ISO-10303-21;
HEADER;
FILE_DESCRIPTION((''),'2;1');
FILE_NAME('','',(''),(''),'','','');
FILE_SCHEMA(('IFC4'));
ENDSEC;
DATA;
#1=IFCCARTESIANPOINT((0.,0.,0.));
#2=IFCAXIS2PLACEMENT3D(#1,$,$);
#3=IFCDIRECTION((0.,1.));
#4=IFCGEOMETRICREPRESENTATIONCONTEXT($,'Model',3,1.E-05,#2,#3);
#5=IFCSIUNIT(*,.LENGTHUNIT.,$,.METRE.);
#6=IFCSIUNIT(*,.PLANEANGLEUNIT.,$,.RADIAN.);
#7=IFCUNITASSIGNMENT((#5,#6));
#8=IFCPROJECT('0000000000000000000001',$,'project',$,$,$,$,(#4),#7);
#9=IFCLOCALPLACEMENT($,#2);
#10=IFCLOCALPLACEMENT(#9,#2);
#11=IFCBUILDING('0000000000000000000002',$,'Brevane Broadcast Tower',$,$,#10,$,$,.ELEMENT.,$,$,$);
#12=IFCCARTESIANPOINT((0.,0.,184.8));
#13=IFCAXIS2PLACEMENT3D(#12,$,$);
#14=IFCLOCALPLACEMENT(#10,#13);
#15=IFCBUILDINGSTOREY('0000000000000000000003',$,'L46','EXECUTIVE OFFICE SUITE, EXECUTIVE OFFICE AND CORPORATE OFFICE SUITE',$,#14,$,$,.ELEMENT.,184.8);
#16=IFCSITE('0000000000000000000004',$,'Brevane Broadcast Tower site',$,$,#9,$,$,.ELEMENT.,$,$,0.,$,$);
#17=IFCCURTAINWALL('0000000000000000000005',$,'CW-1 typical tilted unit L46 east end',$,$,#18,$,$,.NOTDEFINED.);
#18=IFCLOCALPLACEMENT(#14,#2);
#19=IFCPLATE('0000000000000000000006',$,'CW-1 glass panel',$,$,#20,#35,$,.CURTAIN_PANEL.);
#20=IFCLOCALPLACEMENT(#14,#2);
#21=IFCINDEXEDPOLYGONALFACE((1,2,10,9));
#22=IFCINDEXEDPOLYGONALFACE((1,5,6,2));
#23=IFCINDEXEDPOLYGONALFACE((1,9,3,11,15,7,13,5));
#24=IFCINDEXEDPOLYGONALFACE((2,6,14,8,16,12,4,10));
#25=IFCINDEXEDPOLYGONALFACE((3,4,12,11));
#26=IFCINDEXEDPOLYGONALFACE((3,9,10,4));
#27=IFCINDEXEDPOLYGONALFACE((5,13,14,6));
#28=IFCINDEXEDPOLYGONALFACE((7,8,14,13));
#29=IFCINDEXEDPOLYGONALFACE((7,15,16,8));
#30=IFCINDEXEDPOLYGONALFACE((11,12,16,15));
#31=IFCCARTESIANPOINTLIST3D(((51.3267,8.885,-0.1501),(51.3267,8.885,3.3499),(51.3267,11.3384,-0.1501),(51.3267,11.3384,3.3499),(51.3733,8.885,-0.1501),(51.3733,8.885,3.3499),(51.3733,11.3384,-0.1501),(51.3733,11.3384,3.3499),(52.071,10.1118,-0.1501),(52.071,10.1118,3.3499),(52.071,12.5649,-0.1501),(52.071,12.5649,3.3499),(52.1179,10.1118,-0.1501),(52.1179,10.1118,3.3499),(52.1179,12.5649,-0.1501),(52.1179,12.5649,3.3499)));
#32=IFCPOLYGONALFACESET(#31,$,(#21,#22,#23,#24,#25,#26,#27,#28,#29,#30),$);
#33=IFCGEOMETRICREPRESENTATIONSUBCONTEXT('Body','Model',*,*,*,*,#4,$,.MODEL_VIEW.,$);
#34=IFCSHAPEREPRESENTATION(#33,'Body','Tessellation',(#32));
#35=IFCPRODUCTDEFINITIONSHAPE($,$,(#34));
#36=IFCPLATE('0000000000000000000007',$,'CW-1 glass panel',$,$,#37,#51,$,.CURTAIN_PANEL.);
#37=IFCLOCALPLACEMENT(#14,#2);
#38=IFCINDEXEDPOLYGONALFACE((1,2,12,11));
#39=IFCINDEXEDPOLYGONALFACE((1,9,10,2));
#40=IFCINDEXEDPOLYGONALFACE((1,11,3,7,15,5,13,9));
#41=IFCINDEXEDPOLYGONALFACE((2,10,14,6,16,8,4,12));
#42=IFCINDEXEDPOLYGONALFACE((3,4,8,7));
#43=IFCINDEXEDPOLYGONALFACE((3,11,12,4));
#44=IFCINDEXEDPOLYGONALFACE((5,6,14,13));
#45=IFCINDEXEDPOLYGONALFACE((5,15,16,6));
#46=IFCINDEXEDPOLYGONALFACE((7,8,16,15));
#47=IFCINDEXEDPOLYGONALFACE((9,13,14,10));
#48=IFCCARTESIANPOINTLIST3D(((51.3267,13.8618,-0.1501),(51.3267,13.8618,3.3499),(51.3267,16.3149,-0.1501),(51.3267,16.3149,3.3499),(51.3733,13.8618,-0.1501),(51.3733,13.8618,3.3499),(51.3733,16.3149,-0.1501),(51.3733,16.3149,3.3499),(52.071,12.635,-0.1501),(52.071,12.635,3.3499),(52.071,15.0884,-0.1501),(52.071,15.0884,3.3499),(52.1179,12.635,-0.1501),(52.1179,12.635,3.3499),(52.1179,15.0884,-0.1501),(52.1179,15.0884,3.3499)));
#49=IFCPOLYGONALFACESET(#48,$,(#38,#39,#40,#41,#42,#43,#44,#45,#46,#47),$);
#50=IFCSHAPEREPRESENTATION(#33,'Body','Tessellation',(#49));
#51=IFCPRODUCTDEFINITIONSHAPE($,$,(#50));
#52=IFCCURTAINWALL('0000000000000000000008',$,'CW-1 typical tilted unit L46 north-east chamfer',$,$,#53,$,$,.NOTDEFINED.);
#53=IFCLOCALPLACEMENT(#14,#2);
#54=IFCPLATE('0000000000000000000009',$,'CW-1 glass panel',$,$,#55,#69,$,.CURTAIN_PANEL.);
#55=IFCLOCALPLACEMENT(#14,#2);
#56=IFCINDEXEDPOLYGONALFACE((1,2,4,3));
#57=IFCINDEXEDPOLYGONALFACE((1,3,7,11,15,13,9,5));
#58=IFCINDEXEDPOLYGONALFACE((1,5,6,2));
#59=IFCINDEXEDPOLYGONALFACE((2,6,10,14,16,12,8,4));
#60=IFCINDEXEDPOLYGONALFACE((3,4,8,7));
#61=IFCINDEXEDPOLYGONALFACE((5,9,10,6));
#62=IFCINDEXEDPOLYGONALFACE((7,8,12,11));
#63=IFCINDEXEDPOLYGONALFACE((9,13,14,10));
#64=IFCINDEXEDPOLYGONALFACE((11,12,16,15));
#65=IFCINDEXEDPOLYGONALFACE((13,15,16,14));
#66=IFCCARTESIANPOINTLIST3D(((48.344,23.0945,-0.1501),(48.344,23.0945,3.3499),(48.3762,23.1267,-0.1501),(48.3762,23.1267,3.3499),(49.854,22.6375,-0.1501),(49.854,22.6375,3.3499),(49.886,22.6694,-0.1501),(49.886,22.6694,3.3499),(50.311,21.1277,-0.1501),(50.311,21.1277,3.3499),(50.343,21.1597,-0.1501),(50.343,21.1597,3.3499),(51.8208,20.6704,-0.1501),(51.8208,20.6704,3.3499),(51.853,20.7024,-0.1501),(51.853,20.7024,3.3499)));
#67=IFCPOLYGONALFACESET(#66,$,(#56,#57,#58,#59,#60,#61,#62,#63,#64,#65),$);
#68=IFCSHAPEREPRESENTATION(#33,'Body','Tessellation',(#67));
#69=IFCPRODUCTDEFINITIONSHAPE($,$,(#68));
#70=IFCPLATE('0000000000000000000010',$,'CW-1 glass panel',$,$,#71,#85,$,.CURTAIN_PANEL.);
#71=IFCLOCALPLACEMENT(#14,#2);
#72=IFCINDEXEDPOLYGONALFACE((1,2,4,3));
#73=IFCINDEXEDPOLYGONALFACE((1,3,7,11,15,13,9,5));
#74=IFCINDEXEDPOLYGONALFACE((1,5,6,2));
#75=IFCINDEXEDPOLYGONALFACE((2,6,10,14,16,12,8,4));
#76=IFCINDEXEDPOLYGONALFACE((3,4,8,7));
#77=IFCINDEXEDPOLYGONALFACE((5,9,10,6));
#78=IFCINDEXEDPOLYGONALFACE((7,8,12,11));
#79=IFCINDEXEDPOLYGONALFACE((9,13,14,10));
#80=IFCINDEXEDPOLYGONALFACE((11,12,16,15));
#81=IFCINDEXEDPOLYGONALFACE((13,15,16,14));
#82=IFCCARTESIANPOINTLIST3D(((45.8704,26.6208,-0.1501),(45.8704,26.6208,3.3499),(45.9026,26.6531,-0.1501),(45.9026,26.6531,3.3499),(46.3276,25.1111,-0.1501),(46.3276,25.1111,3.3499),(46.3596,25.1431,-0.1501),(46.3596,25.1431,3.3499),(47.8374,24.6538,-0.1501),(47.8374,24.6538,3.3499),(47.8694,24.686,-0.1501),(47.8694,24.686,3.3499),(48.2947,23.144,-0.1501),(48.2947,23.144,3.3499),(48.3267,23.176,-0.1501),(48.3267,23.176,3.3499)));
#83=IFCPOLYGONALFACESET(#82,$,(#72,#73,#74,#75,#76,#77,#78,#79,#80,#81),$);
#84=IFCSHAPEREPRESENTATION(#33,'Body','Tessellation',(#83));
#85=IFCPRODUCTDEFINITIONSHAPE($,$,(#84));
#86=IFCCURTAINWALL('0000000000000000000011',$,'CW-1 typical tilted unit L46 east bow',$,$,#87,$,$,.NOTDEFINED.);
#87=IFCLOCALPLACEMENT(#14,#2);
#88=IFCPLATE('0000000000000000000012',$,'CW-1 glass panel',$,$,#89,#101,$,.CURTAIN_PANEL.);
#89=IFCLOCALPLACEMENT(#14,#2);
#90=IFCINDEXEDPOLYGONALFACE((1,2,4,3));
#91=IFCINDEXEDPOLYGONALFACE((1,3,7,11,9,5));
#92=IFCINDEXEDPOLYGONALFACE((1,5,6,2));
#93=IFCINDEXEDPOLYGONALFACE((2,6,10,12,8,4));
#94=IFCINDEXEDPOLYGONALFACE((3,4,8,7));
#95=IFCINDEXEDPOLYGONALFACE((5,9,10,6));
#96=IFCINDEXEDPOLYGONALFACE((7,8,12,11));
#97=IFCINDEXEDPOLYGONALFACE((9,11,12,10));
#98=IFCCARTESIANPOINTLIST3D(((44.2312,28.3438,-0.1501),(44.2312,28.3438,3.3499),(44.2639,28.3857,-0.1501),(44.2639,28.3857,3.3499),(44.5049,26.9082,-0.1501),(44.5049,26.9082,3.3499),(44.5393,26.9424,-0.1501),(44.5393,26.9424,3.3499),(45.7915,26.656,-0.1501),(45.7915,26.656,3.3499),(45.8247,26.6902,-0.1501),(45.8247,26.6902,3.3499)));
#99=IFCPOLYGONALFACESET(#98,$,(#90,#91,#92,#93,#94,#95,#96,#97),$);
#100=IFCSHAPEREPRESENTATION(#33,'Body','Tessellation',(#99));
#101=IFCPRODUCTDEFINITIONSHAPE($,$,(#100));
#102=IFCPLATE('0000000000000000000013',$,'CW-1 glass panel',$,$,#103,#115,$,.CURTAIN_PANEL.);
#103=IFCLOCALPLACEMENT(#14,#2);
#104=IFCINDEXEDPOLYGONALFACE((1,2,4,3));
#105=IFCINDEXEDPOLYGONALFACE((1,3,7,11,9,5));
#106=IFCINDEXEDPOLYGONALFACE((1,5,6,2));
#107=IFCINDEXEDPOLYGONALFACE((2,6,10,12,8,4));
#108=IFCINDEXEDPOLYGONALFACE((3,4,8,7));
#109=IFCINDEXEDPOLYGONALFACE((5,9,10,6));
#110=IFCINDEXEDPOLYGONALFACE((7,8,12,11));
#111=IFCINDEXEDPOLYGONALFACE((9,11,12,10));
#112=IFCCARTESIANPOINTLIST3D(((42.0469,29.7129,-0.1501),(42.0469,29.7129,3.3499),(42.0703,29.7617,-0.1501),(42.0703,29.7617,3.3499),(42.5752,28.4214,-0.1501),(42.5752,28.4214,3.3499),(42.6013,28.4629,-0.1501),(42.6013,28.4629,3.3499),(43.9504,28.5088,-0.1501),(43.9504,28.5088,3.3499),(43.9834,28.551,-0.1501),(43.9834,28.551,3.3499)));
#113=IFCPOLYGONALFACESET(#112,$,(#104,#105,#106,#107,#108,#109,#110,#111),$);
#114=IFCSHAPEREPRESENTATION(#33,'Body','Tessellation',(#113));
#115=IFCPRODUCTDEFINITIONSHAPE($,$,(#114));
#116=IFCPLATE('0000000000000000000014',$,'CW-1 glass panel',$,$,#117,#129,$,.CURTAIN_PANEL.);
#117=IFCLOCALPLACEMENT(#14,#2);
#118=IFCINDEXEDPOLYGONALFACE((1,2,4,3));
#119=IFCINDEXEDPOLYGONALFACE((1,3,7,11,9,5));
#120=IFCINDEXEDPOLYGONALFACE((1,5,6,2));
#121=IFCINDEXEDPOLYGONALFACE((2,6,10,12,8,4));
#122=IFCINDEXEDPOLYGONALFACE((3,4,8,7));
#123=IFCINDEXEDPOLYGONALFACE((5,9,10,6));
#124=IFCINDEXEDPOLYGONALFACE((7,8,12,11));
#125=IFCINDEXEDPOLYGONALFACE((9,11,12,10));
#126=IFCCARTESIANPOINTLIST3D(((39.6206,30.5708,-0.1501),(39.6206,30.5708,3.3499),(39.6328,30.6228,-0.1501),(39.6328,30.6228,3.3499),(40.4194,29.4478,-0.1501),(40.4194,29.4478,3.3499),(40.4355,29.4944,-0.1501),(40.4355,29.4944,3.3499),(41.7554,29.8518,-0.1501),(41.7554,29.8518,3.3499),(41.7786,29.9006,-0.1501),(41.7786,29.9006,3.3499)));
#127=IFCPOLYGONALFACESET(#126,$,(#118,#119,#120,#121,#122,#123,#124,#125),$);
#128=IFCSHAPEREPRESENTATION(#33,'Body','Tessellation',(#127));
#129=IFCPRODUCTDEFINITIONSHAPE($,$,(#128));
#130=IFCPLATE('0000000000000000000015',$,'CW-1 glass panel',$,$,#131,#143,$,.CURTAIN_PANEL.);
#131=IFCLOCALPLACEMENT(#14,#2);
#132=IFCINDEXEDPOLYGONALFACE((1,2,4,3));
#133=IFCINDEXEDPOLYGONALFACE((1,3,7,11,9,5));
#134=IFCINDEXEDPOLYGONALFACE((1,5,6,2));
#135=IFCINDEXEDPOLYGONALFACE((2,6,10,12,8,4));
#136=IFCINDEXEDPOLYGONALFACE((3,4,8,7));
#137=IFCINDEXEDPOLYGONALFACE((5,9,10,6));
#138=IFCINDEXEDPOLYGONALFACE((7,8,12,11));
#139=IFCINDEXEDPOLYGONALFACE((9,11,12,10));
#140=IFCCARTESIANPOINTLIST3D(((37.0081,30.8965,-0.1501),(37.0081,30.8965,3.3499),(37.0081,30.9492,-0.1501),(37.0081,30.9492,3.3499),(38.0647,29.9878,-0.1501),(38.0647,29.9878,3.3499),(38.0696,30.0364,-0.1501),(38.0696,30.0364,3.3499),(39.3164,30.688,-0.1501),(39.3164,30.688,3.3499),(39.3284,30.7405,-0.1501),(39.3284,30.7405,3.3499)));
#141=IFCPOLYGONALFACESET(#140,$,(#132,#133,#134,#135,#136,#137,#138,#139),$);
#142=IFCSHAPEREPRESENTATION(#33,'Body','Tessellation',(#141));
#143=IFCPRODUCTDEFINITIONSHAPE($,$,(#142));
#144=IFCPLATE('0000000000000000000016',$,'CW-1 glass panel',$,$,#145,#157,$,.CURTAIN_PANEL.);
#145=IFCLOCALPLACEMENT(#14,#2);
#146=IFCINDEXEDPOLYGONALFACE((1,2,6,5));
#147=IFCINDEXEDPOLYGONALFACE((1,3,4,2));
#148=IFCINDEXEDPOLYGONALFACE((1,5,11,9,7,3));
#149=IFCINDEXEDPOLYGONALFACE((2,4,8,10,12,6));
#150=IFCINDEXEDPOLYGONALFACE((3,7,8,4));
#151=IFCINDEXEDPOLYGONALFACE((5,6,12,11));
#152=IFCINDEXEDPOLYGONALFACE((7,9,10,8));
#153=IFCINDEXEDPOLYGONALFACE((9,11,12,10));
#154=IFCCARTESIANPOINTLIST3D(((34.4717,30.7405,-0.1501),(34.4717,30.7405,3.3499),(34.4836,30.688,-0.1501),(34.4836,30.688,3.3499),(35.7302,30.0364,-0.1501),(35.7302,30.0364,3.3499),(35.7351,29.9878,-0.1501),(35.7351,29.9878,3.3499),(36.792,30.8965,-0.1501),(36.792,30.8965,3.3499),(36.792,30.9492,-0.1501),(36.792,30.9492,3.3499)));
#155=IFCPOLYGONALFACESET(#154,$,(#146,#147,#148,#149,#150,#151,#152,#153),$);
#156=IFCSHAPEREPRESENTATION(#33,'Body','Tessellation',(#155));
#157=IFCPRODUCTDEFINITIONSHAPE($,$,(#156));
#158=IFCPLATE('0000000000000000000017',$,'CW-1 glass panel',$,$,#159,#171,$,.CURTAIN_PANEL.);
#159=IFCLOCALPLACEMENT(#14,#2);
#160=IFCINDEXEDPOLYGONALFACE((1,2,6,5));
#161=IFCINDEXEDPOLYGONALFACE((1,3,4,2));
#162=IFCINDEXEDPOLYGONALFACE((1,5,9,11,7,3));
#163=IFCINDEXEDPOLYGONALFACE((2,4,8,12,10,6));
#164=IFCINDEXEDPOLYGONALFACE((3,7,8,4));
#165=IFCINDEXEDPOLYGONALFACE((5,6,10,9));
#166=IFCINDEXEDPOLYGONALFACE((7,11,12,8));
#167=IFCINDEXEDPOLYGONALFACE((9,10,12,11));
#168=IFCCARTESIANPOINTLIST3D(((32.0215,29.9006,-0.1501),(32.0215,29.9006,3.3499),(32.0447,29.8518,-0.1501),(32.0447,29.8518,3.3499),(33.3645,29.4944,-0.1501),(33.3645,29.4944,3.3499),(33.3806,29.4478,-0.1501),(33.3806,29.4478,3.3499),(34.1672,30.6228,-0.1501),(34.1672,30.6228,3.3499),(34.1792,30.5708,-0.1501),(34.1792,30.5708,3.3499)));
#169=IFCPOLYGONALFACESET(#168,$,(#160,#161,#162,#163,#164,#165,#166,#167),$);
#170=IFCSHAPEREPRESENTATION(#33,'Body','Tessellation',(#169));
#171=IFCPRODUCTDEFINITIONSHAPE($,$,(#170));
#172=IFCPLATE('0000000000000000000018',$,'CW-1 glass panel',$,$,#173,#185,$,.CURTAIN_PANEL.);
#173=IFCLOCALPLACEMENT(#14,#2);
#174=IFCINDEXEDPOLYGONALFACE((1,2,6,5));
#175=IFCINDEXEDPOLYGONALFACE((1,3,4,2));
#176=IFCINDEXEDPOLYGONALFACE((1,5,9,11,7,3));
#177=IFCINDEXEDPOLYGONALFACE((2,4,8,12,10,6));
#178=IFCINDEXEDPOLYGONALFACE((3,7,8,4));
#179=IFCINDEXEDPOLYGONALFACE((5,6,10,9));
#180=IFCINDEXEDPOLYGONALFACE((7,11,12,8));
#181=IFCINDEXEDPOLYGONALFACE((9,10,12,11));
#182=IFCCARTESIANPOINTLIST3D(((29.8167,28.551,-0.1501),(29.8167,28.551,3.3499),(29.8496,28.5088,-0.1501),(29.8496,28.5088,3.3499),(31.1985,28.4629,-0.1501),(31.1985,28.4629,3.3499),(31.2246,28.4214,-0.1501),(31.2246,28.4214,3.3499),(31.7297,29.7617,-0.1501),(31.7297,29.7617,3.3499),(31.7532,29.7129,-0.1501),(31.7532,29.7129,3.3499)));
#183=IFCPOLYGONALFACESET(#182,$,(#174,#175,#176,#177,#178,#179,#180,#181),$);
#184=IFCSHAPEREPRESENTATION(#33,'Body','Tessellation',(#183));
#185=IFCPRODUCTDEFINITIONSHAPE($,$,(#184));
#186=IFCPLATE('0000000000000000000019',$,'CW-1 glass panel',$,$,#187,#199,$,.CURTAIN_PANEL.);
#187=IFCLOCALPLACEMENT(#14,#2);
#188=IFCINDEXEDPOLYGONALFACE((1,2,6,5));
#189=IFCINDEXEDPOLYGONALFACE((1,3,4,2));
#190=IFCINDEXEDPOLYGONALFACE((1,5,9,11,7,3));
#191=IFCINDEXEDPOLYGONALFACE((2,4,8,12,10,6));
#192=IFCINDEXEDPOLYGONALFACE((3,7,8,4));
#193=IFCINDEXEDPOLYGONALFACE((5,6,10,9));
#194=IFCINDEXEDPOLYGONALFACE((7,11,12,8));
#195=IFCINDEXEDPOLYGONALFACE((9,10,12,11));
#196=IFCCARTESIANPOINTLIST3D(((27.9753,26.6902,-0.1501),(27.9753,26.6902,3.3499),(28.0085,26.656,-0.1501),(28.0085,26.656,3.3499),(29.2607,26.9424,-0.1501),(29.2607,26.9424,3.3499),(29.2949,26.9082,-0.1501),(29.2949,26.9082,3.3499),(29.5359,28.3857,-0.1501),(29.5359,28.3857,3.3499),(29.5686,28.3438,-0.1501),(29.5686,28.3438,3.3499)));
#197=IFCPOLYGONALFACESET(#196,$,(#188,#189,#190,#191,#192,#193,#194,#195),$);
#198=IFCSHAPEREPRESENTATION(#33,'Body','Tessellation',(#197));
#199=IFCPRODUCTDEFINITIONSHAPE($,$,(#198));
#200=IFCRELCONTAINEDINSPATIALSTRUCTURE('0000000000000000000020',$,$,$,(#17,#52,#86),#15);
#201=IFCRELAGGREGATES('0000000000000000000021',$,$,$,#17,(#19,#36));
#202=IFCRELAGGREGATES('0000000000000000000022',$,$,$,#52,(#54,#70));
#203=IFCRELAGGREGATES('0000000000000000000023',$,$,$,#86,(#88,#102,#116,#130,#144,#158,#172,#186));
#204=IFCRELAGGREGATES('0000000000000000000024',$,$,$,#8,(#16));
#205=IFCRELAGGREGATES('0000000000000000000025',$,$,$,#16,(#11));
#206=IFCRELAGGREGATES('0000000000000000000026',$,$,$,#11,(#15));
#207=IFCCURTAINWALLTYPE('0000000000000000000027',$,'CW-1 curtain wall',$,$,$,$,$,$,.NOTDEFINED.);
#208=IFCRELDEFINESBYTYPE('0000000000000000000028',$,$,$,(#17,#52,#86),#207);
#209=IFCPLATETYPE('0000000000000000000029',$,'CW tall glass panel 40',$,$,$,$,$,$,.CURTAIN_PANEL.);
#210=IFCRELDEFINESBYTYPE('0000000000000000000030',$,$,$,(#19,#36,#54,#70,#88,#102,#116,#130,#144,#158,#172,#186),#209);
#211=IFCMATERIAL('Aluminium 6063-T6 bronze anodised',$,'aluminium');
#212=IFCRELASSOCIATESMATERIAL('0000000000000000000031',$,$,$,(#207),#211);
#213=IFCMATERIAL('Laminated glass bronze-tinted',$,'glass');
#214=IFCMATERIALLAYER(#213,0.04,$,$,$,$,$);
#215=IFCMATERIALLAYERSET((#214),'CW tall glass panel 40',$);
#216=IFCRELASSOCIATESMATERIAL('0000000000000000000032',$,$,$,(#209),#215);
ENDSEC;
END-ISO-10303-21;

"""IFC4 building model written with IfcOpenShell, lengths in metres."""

from ifc_helpers import new_model, si_unit, direction, frame, origin, place, context, subcontext, project, spatial, polyline, outline, extrude, material, layer, layer_set, type_object, element, aggregate, save


model = new_model("IFC4")

# Units and contexts
model_context = context("Model", 3, precision=1e-05, world=origin(), true_north=direction((0.0, 1.0)))
body_context = subcontext(model_context, "Body", "Model", "MODEL_VIEW")
ifc_project = project(units=[si_unit("LENGTHUNIT", "METRE"), si_unit("PLANEANGLEUNIT", "RADIAN")], contexts=[model_context])

# Site, building, storey
site_placement = place(None, origin())
site = spatial("IfcSite", under=ifc_project, at=site_placement, Name="Brevane Broadcast Tower site", CompositionType="ELEMENT", RefElevation=0.0)
building_placement = place(site_placement, origin())
building = spatial("IfcBuilding", under=site, at=building_placement, Name="Brevane Broadcast Tower", CompositionType="ELEMENT")
storey_placement = place(building_placement, frame((0.0, 0.0, 184.8)))
storey = spatial("IfcBuildingStorey", under=building, at=storey_placement, Name="L46", Description="EXECUTIVE OFFICE SUITE, EXECUTIVE OFFICE AND CORPORATE OFFICE SUITE", CompositionType="ELEMENT", Elevation=184.8)

# Curtain walls, plates
ifc_material_1 = material(Name="Aluminium 6063-T6 bronze anodised", Category="aluminium")
curtain_wall_type = type_object("IfcCurtainWallType", Name="CW-1 curtain wall", PredefinedType="NOTDEFINED", material=ifc_material_1)
ifc_material_2 = material(Name="Laminated glass bronze-tinted", Category="glass")
ifc_layer = layer(ifc_material_2, 0.04)
ifc_layer_set = layer_set([ifc_layer], Name="CW tall glass panel 40")
plate_type = type_object("IfcPlateType", Name="CW tall glass panel 40", PredefinedType="CURTAIN_PANEL", material=ifc_layer_set)
curtain_wall_1_placement = place(storey_placement, origin())
curtain_wall_1 = element("IfcCurtainWall", 1, at=curtain_wall_1_placement, inside=storey, type_object=curtain_wall_type, Name="CW-1 typical tilted unit L46 east end", PredefinedType="NOTDEFINED")
plate_1_placement = place(storey_placement, frame((0.0, 0.0, -0.1501)))
plate_1 = element("IfcPlate", 2, at=plate_1_placement, type_object=plate_type, Name="CW-1 glass panel", PredefinedType="CURTAIN_PANEL", context=body_context, shape_type="SweptSolid", body=[
    extrude(outline(polyline([(51.3267, 8.885), (51.3733, 8.885), (52.1179, 10.1118), (51.3733, 11.3384), (52.1179, 12.5649), (52.071, 12.5649), (51.3267, 11.3384), (52.071, 10.1118), (51.3267, 8.885)])), origin(), (0.0, 0.0, 1.0), 3.5),
])
plate_2_placement = place(storey_placement, frame((0.0, 0.0, -0.1501)))
plate_2 = element("IfcPlate", 3, at=plate_2_placement, type_object=plate_type, Name="CW-1 glass panel", PredefinedType="CURTAIN_PANEL", context=body_context, shape_type="SweptSolid", body=[
    extrude(outline(polyline([(52.071, 12.635), (52.1179, 12.635), (51.3733, 13.8618), (52.1179, 15.0884), (51.3733, 16.3149), (51.3267, 16.3149), (52.071, 15.0884), (51.3267, 13.8618), (52.071, 12.635)])), origin(), (0.0, 0.0, 1.0), 3.5),
])
aggregate(curtain_wall_1, [plate_1, plate_2])
curtain_wall_2_placement = place(storey_placement, origin())
curtain_wall_2 = element("IfcCurtainWall", 4, at=curtain_wall_2_placement, inside=storey, type_object=curtain_wall_type, Name="CW-1 typical tilted unit L46 north-east chamfer", PredefinedType="NOTDEFINED")
plate_3_placement = place(storey_placement, frame((0.0, 0.0, -0.1501)))
plate_3 = element("IfcPlate", 5, at=plate_3_placement, type_object=plate_type, Name="CW-1 glass panel", PredefinedType="CURTAIN_PANEL", context=body_context, shape_type="SweptSolid", body=[
    extrude(outline(polyline([(51.8208, 20.6704), (51.853, 20.7024), (50.343, 21.1597), (49.886, 22.6694), (48.3762, 23.1267), (48.344, 23.0945), (49.854, 22.6375), (50.311, 21.1277), (51.8208, 20.6704)])), origin(), (0.0, 0.0, 1.0), 3.5),
])
plate_4_placement = place(storey_placement, frame((0.0, 0.0, -0.1501)))
plate_4 = element("IfcPlate", 6, at=plate_4_placement, type_object=plate_type, Name="CW-1 glass panel", PredefinedType="CURTAIN_PANEL", context=body_context, shape_type="SweptSolid", body=[
    extrude(outline(polyline([(48.2947, 23.144), (48.3267, 23.176), (47.8694, 24.686), (46.3596, 25.1431), (45.9026, 26.6531), (45.8704, 26.6208), (46.3276, 25.1111), (47.8374, 24.6538), (48.2947, 23.144)])), origin(), (0.0, 0.0, 1.0), 3.5),
])
aggregate(curtain_wall_2, [plate_3, plate_4])
curtain_wall_3_placement = place(storey_placement, origin())
curtain_wall_3 = element("IfcCurtainWall", 7, at=curtain_wall_3_placement, inside=storey, type_object=curtain_wall_type, Name="CW-1 typical tilted unit L46 east bow", PredefinedType="NOTDEFINED")
plate_5_placement = place(storey_placement, frame((0.0, 0.0, -0.1501)))
plate_5 = element("IfcPlate", 8, at=plate_5_placement, type_object=plate_type, Name="CW-1 glass panel", PredefinedType="CURTAIN_PANEL", context=body_context, shape_type="SweptSolid", body=[
    extrude(outline(polyline([(45.7915, 26.656), (45.8247, 26.6902), (44.5393, 26.9424), (44.2639, 28.3857), (44.2312, 28.3438), (44.5049, 26.9082), (45.7915, 26.656)])), origin(), (0.0, 0.0, 1.0), 3.5),
])
plate_6_placement = place(storey_placement, frame((0.0, 0.0, -0.1501)))
plate_6 = element("IfcPlate", 9, at=plate_6_placement, type_object=plate_type, Name="CW-1 glass panel", PredefinedType="CURTAIN_PANEL", context=body_context, shape_type="SweptSolid", body=[
    extrude(outline(polyline([(43.9504, 28.5088), (43.9834, 28.551), (42.6013, 28.4629), (42.0703, 29.7617), (42.0469, 29.7129), (42.5752, 28.4214), (43.9504, 28.5088)])), origin(), (0.0, 0.0, 1.0), 3.5),
])
plate_7_placement = place(storey_placement, frame((0.0, 0.0, -0.1501)))
plate_7 = element("IfcPlate", 10, at=plate_7_placement, type_object=plate_type, Name="CW-1 glass panel", PredefinedType="CURTAIN_PANEL", context=body_context, shape_type="SweptSolid", body=[
    extrude(outline(polyline([(41.7554, 29.8518), (41.7786, 29.9006), (40.4355, 29.4944), (39.6328, 30.6228), (39.6206, 30.5708), (40.4194, 29.4478), (41.7554, 29.8518)])), origin(), (0.0, 0.0, 1.0), 3.5),
])
plate_8_placement = place(storey_placement, frame((0.0, 0.0, -0.1501)))
plate_8 = element("IfcPlate", 11, at=plate_8_placement, type_object=plate_type, Name="CW-1 glass panel", PredefinedType="CURTAIN_PANEL", context=body_context, shape_type="SweptSolid", body=[
    extrude(outline(polyline([(39.3164, 30.688), (39.3284, 30.7405), (38.0696, 30.0364), (37.0081, 30.9492), (37.0081, 30.8965), (38.0647, 29.9878), (39.3164, 30.688)])), origin(), (0.0, 0.0, 1.0), 3.5),
])
plate_9_placement = place(storey_placement, frame((0.0, 0.0, -0.1501)))
plate_9 = element("IfcPlate", 12, at=plate_9_placement, type_object=plate_type, Name="CW-1 glass panel", PredefinedType="CURTAIN_PANEL", context=body_context, shape_type="SweptSolid", body=[
    extrude(outline(polyline([(36.792, 30.8965), (36.792, 30.9492), (35.7302, 30.0364), (34.4717, 30.7405), (34.4836, 30.688), (35.7351, 29.9878), (36.792, 30.8965)])), origin(), (0.0, 0.0, 1.0), 3.5),
])
plate_10_placement = place(storey_placement, frame((0.0, 0.0, -0.1501)))
plate_10 = element("IfcPlate", 13, at=plate_10_placement, type_object=plate_type, Name="CW-1 glass panel", PredefinedType="CURTAIN_PANEL", context=body_context, shape_type="SweptSolid", body=[
    extrude(outline(polyline([(34.1792, 30.5708), (34.1672, 30.6228), (33.3645, 29.4944), (32.0215, 29.9006), (32.0447, 29.8518), (33.3806, 29.4478), (34.1792, 30.5708)])), origin(), (0.0, 0.0, 1.0), 3.5),
])
plate_11_placement = place(storey_placement, frame((0.0, 0.0, -0.1501)))
plate_11 = element("IfcPlate", 14, at=plate_11_placement, type_object=plate_type, Name="CW-1 glass panel", PredefinedType="CURTAIN_PANEL", context=body_context, shape_type="SweptSolid", body=[
    extrude(outline(polyline([(31.7532, 29.7129), (31.7297, 29.7617), (31.1985, 28.4629), (29.8167, 28.551), (29.8496, 28.5088), (31.2246, 28.4214), (31.7532, 29.7129)])), origin(), (0.0, 0.0, 1.0), 3.5),
])
plate_12_placement = place(storey_placement, frame((0.0, 0.0, -0.1501)))
plate_12 = element("IfcPlate", 15, at=plate_12_placement, type_object=plate_type, Name="CW-1 glass panel", PredefinedType="CURTAIN_PANEL", context=body_context, shape_type="SweptSolid", body=[
    extrude(outline(polyline([(29.5686, 28.3438), (29.5359, 28.3857), (29.2607, 26.9424), (27.9753, 26.6902), (28.0085, 26.656), (29.2949, 26.9082), (29.5686, 28.3438)])), origin(), (0.0, 0.0, 1.0), 3.5),
])
aggregate(curtain_wall_3, [plate_5, plate_6, plate_7, plate_8, plate_9, plate_10, plate_11, plate_12])

save(model, "model.ifc")
